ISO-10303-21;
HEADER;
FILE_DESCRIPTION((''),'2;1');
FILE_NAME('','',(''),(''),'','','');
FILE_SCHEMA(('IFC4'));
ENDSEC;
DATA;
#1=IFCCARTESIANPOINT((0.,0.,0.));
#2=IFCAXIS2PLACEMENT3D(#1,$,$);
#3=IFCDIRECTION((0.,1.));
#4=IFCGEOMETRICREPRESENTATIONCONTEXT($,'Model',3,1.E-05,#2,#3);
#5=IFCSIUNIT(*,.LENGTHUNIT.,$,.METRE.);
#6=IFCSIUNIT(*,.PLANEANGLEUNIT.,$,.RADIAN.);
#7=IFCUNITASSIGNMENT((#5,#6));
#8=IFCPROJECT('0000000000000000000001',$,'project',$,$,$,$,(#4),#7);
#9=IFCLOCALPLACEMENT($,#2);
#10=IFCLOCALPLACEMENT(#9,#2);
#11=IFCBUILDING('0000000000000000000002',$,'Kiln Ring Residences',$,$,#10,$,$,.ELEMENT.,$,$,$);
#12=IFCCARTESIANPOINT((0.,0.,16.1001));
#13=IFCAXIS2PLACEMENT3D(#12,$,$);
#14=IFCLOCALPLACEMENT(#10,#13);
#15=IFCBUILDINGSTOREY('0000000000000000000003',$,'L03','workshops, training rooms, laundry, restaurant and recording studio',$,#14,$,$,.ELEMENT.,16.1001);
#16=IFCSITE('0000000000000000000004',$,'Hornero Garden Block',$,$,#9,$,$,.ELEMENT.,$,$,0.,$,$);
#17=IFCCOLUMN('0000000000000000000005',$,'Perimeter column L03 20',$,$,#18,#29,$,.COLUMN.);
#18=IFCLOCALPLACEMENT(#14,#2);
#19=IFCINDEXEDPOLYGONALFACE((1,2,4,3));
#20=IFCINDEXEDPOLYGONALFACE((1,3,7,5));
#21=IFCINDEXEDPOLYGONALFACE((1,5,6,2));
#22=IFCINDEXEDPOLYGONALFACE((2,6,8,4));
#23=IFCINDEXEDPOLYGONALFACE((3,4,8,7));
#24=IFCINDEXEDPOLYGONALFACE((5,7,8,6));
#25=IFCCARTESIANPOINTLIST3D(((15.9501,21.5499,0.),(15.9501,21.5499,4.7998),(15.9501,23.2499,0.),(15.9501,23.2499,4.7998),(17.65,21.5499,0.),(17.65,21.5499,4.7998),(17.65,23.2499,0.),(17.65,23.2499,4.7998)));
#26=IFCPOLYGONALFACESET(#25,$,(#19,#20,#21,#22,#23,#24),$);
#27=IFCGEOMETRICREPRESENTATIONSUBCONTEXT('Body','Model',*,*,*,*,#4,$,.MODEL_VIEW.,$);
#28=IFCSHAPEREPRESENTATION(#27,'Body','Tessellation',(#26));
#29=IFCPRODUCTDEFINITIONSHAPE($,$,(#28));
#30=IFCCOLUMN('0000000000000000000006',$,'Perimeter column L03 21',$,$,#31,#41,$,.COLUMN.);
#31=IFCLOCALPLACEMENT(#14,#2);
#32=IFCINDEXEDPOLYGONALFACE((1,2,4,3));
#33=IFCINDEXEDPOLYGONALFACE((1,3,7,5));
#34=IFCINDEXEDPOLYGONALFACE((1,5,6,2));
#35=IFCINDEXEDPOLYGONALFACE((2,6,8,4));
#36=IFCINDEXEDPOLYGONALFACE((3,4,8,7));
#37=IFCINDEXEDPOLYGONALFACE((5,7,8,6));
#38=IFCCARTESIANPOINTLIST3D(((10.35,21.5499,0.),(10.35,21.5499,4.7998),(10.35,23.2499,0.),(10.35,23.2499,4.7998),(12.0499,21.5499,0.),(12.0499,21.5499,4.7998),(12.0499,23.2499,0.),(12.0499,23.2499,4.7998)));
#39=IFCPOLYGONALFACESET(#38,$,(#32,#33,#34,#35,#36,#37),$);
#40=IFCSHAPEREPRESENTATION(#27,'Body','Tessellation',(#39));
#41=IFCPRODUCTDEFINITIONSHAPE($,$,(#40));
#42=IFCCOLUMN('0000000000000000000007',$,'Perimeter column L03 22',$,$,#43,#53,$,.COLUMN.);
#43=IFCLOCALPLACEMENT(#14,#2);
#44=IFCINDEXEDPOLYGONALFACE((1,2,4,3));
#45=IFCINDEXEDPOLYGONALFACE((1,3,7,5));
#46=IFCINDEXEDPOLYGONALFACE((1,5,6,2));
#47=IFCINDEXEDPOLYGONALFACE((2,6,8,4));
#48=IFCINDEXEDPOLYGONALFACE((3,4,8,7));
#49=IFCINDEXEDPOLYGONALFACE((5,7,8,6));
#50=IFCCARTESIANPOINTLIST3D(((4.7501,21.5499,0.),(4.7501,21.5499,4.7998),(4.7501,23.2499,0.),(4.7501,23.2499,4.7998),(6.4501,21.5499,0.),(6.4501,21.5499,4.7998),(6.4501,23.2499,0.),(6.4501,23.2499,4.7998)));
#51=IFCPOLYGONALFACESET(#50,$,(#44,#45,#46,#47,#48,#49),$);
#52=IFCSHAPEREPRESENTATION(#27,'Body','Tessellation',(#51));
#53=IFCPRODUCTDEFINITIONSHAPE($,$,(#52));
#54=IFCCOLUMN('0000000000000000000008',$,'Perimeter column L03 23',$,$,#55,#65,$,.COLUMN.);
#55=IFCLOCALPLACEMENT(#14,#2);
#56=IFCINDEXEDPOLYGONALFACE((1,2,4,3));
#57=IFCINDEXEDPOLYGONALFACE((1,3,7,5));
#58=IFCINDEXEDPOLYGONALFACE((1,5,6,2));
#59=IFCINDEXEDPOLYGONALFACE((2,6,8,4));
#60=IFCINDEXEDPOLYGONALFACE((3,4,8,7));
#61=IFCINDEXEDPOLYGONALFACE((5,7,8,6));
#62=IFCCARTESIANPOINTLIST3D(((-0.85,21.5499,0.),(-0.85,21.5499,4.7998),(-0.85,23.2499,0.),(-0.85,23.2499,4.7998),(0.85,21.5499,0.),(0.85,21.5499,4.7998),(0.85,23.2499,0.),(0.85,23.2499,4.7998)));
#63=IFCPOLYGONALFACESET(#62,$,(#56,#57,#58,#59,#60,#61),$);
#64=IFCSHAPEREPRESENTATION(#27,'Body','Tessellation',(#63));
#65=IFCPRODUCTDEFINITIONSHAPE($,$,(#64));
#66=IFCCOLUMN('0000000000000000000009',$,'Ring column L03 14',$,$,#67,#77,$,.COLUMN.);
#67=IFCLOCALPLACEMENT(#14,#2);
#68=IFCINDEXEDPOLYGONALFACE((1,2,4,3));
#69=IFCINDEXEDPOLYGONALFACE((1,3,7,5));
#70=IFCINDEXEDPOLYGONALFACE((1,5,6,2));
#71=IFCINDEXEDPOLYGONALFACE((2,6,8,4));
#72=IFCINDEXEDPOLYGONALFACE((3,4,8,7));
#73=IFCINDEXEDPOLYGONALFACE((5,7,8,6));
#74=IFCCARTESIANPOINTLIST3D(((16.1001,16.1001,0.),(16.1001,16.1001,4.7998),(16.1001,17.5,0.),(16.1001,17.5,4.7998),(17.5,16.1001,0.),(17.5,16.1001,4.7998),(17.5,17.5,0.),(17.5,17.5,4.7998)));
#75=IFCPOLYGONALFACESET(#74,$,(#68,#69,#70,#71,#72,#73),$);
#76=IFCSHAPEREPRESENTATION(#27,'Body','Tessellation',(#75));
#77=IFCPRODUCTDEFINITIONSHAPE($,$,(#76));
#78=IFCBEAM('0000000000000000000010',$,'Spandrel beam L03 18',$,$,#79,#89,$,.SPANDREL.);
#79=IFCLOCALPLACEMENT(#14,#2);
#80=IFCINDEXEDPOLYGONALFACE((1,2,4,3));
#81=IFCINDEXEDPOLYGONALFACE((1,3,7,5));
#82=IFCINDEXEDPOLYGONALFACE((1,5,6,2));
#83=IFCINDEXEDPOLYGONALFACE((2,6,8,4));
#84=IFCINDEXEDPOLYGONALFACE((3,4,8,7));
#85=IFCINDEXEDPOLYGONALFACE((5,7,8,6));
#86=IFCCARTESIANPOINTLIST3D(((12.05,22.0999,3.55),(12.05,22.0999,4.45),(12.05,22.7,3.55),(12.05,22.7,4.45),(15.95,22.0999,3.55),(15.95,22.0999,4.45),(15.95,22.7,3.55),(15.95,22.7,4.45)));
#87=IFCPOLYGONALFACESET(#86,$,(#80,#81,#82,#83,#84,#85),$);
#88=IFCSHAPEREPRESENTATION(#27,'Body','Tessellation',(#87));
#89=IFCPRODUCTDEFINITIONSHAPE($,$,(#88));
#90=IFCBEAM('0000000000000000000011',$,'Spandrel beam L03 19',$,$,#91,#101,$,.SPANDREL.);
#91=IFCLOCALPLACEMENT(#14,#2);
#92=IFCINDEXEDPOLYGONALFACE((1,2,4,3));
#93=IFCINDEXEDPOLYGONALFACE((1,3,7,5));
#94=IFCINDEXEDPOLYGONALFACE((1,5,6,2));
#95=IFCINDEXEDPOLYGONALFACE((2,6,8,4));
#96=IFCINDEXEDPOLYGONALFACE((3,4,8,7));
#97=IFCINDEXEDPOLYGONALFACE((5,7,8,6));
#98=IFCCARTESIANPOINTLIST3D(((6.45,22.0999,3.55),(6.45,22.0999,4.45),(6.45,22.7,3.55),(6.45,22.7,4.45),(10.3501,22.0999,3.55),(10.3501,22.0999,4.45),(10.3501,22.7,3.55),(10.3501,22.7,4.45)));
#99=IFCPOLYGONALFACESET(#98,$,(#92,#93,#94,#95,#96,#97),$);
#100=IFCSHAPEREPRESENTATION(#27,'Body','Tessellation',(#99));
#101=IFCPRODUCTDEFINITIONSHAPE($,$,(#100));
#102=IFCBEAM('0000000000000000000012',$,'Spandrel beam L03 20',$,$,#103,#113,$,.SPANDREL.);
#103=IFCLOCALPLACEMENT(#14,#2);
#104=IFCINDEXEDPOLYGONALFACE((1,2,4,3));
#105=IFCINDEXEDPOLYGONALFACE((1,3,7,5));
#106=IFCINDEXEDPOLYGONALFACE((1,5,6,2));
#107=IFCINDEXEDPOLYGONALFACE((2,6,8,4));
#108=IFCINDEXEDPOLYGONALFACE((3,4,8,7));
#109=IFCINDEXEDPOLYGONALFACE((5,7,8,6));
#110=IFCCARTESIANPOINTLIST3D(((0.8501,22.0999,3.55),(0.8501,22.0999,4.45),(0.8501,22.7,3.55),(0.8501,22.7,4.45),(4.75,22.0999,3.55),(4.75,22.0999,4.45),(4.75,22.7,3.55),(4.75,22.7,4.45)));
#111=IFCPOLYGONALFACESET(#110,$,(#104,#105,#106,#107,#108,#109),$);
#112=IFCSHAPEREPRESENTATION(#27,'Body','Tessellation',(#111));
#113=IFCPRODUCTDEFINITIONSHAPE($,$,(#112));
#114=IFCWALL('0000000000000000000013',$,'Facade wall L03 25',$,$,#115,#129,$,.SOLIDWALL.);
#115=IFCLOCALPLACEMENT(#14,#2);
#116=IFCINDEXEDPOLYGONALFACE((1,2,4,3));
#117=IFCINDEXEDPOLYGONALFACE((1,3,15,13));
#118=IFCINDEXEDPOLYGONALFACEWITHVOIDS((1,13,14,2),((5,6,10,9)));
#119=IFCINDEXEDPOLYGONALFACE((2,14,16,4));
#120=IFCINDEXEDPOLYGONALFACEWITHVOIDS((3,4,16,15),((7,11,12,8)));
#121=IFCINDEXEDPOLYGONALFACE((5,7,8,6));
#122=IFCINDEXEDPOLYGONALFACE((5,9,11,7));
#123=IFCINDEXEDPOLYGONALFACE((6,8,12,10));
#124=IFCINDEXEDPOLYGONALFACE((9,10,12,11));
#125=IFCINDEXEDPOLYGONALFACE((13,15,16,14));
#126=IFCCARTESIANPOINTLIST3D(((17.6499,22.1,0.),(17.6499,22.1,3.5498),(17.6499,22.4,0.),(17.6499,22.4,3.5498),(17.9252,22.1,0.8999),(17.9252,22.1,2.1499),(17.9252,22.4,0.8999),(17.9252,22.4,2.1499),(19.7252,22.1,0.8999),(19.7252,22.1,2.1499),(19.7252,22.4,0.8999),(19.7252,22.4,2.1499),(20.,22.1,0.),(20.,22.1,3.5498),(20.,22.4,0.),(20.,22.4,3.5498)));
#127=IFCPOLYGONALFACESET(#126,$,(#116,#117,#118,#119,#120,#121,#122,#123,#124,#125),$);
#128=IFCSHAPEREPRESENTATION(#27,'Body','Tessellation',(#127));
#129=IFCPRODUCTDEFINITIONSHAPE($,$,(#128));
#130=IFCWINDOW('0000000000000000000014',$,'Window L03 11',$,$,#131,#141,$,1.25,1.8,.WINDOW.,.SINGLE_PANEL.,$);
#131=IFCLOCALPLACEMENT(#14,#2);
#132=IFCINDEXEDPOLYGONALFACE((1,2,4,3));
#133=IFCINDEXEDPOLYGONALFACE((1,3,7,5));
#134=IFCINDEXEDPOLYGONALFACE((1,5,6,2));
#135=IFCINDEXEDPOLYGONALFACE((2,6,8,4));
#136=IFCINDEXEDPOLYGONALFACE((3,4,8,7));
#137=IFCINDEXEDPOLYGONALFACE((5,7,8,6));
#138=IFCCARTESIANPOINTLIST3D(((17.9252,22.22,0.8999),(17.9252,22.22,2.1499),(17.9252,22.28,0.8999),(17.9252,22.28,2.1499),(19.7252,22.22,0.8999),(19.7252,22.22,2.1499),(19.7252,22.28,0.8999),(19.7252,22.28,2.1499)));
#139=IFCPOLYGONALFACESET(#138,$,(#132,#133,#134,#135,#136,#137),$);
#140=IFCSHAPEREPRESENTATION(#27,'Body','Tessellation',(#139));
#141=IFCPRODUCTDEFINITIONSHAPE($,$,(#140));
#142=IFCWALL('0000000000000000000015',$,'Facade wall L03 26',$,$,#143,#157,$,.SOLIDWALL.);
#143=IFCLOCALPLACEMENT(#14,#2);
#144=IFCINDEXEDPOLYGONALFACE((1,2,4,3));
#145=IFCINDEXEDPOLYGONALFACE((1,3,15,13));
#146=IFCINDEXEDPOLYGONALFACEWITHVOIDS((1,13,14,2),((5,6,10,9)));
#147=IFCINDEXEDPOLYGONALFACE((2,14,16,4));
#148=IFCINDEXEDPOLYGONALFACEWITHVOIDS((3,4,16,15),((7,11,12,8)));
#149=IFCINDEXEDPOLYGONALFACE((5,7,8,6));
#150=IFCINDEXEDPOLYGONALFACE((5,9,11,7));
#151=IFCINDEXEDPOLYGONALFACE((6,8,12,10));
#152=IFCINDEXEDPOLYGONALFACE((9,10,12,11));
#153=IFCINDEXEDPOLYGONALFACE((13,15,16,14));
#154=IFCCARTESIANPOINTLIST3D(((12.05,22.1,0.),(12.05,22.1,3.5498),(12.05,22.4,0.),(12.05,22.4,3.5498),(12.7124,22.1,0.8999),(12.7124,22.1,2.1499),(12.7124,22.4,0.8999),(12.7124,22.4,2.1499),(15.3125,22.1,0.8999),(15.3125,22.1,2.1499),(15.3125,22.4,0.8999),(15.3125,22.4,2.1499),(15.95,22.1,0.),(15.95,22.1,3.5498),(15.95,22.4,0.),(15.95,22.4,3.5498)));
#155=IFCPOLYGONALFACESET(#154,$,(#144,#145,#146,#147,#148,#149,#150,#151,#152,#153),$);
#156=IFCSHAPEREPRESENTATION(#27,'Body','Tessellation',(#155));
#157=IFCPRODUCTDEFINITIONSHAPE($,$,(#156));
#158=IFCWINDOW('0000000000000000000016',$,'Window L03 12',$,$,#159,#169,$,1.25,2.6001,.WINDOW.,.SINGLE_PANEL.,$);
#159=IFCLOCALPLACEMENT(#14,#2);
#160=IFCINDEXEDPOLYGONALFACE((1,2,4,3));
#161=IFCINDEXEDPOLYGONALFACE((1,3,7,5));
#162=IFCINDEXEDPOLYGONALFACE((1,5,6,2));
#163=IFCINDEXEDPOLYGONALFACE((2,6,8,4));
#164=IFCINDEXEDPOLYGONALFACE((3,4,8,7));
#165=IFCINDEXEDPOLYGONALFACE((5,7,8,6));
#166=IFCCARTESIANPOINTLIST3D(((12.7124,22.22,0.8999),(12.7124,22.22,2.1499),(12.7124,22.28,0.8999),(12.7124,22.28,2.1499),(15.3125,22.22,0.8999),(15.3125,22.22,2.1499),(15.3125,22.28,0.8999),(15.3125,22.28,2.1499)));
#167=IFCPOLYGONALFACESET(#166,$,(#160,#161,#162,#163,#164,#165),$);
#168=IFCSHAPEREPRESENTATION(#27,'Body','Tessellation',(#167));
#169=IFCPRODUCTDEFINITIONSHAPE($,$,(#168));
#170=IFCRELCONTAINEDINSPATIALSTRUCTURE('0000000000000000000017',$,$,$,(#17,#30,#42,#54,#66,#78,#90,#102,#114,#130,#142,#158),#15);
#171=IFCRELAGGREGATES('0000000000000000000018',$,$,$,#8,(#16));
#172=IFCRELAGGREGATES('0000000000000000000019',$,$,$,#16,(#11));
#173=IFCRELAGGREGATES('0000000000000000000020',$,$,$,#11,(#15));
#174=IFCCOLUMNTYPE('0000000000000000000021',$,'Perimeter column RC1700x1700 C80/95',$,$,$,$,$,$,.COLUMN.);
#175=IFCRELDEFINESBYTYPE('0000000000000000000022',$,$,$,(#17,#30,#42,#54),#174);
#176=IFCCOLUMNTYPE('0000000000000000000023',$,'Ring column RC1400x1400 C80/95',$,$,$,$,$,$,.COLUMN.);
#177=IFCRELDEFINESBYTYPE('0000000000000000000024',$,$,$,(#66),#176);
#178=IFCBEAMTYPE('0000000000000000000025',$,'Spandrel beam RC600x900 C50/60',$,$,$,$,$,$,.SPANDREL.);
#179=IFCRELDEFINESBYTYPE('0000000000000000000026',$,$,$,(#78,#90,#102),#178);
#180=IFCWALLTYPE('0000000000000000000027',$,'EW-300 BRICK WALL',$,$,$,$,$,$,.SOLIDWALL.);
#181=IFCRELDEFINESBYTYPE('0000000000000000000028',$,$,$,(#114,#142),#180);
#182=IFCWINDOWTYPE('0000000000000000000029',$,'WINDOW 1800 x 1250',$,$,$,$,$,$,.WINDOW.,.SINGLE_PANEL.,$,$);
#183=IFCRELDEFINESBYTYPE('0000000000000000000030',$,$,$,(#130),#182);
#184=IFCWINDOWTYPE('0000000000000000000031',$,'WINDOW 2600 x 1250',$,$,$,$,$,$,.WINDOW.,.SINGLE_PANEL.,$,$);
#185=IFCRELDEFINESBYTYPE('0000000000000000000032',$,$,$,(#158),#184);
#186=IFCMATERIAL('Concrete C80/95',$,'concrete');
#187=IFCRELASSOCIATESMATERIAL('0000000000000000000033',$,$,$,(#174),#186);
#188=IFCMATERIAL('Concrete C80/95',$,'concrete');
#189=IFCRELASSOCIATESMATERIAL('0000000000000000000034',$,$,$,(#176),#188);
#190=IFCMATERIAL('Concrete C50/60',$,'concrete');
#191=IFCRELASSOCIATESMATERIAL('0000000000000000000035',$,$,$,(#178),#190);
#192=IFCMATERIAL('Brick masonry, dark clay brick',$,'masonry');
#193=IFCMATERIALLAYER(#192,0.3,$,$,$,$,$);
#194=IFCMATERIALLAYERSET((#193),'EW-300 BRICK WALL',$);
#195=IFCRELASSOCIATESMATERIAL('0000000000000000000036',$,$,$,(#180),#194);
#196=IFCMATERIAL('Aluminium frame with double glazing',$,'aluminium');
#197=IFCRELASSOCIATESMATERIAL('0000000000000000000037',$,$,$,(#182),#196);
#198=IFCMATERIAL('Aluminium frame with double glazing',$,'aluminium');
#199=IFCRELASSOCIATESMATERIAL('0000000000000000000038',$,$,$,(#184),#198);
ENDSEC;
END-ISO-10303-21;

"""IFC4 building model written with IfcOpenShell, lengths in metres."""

from ifc_helpers import new_model, si_unit, direction, frame, frame_2d, origin, origin_2d, place, context, subcontext, project, spatial, rectangle, extrude, material, layer, layer_set, material_profile, profile_set, type_object, element, fill, save


model = new_model("IFC4")

# Units and contexts
model_context = context("Model", 3, precision=1e-05, world=origin(), true_north=direction((0.0, 1.0)))
body_context = subcontext(model_context, "Body", "Model", "MODEL_VIEW")
ifc_project = project(units=[si_unit("LENGTHUNIT", "METRE"), si_unit("PLANEANGLEUNIT", "RADIAN")], contexts=[model_context])

# Site, building, storey
site_placement = place(None, origin())
site = spatial("IfcSite", under=ifc_project, at=site_placement, Name="Hornero Garden Block", CompositionType="ELEMENT", RefElevation=0.0)
building_placement = place(site_placement, origin())
building = spatial("IfcBuilding", under=site, at=building_placement, Name="Kiln Ring Residences", CompositionType="ELEMENT")
storey_placement = place(building_placement, frame((0.0, 0.0, 16.1001)))
storey = spatial("IfcBuildingStorey", under=building, at=storey_placement, Name="L03", Description="workshops, training rooms, laundry, restaurant and recording studio", CompositionType="ELEMENT", Elevation=16.1001)

# Columns
ifc_material_1 = material(Name="Concrete C80/95", Category="concrete")
ifc_material_profile_1 = material_profile(ifc_material_1, rectangle(XDim=1.7, YDim=1.7, at=origin_2d()), Name="RC1700x1700")
ifc_profile_set_1 = profile_set([ifc_material_profile_1], Name="Concrete C80/95")
column_type_1 = type_object("IfcColumnType", Name="Perimeter column RC1700x1700 C80/95", PredefinedType="COLUMN", material=ifc_profile_set_1)
for number, where, z_axis, x_axis, name in (
    (1, (16.8, 22.3999, 0.0), (0.0, 0.0, 1.0), (1.0, 0.0, 0.0), "Perimeter column L03 20"),
    (2, (11.2, 22.3999, 0.0), (0.0, 0.0, 1.0), (1.0, 0.0, 0.0), "Perimeter column L03 21"),
    (3, (5.6001, 22.3999, 0.0), (0.0, 0.0, 1.0), (1.0, 0.0, 0.0), "Perimeter column L03 22"),
    (4, (0.0, 22.3999, 0.0), (0.0, 0.0, 1.0), (1.0, 0.0, 0.0), "Perimeter column L03 23"),
):
    element("IfcColumn", number, at=place(storey_placement, frame(where, z_axis=z_axis, x_axis=x_axis)), inside=storey, type_object=column_type_1, Name=name, PredefinedType="COLUMN", context=body_context, shape_type="SweptSolid", body=[
        extrude(rectangle(XDim=1.7, YDim=1.7, at=origin_2d()), origin(), (0.0, 0.0, 1.0), 4.7998),
    ])
ifc_material_2 = material(Name="Concrete C80/95", Category="concrete")
ifc_material_profile_2 = material_profile(ifc_material_2, rectangle(XDim=1.3999, YDim=1.3999, at=origin_2d()), Name="RC1400x1400")
ifc_profile_set_2 = profile_set([ifc_material_profile_2], Name="Concrete C80/95")
column_type_2 = type_object("IfcColumnType", Name="Ring column RC1400x1400 C80/95", PredefinedType="COLUMN", material=ifc_profile_set_2)
column_placement = place(storey_placement, frame((16.8, 16.8, 0.0), z_axis=(0.0, 0.0, 1.0), x_axis=(1.0, 0.0, 0.0)))
element("IfcColumn", 5, at=column_placement, inside=storey, type_object=column_type_2, Name="Ring column L03 14", PredefinedType="COLUMN", context=body_context, shape_type="SweptSolid", body=[
    extrude(rectangle(XDim=1.3999, YDim=1.3999, at=origin_2d()), origin(), (0.0, 0.0, 1.0), 4.7998),
])

# Beams
ifc_material_3 = material(Name="Concrete C50/60", Category="concrete")
ifc_material_profile_3 = material_profile(ifc_material_3, rectangle(XDim=0.6001, YDim=0.8999, at=origin_2d()), Name="RC600x900")
ifc_profile_set_3 = profile_set([ifc_material_profile_3], Name="Concrete C50/60")
beam_type = type_object("IfcBeamType", Name="Spandrel beam RC600x900 C50/60", PredefinedType="SPANDREL", material=ifc_profile_set_3)
beam_1_placement = place(storey_placement, frame((15.95, 22.3999, 4.0), z_axis=(-1.0, 0.0, 0.0), x_axis=(0.0, -1.0, 0.0)))
element("IfcBeam", 6, at=beam_1_placement, inside=storey, type_object=beam_type, Name="Spandrel beam L03 18", PredefinedType="SPANDREL", context=body_context, shape_type="SweptSolid", body=[
    extrude(rectangle(XDim=0.6001, YDim=0.8999, at=origin_2d()), origin(), (0.0, 0.0, 1.0), 3.8999),
])
beam_2_placement = place(storey_placement, frame((10.3501, 22.3999, 4.0), z_axis=(-1.0, 0.0, 0.0), x_axis=(0.0, -1.0, 0.0)))
element("IfcBeam", 7, at=beam_2_placement, inside=storey, type_object=beam_type, Name="Spandrel beam L03 19", PredefinedType="SPANDREL", context=body_context, shape_type="SweptSolid", body=[
    extrude(rectangle(XDim=0.6001, YDim=0.8999, at=origin_2d()), origin(), (0.0, 0.0, 1.0), 3.9001),
])
beam_3_placement = place(storey_placement, frame((4.75, 22.3999, 4.0), z_axis=(-1.0, 0.0, 0.0), x_axis=(0.0, -1.0, 0.0)))
element("IfcBeam", 8, at=beam_3_placement, inside=storey, type_object=beam_type, Name="Spandrel beam L03 20", PredefinedType="SPANDREL", context=body_context, shape_type="SweptSolid", body=[
    extrude(rectangle(XDim=0.6001, YDim=0.8999, at=origin_2d()), origin(), (0.0, 0.0, 1.0), 3.8999),
])

# Walls, openings, windows
ifc_material_4 = material(Name="Brick masonry, dark clay brick", Category="masonry")
ifc_layer_1 = layer(ifc_material_4, 0.3)
ifc_layer_set_1 = layer_set([ifc_layer_1], Name="EW-300 BRICK WALL")
wall_type_1 = type_object("IfcWallType", Name="EW-300 BRICK WALL", PredefinedType="SOLIDWALL", material=ifc_layer_set_1)
wall_1_placement = place(storey_placement, frame((20.0, 22.25, 0.0), z_axis=(0.0, 0.0, 1.0), x_axis=(-1.0, 0.0, 0.0)))
wall_1 = element("IfcWall", 9, at=wall_1_placement, inside=storey, type_object=wall_type_1, Name="Facade wall L03 25", PredefinedType="SOLIDWALL", context=body_context, shape_type="SweptSolid", body=[
    extrude(rectangle(XDim=2.3501, YDim=0.3, at=frame_2d((1.175, 0.0))), origin(), (0.0, 0.0, 1.0), 3.5498),
])
opening_1_placement = place(wall_1_placement, frame((0.2749, 0.0, 0.8999)))
opening_1 = element("IfcOpeningElement", 10, at=opening_1_placement, cuts=wall_1, PredefinedType="OPENING", context=body_context, shape_type="SweptSolid", body=[
    extrude(rectangle(XDim=1.8, YDim=1.25, at=frame_2d((0.8999, 0.625))), frame((0.0, 0.1599, 0.0), z_axis=(0.0, -1.0, 0.0), x_axis=(1.0, 0.0, 0.0)), (0.0, 0.0, 1.0), 0.3201),
])
ifc_material_5 = material(Name="Aluminium frame with double glazing", Category="aluminium")
window_type_1 = type_object("IfcWindowType", Name="WINDOW 1800 x 1250", PartitioningType="SINGLE_PANEL", PredefinedType="WINDOW", material=ifc_material_5)
window_1_placement = place(opening_1_placement, origin())
window_1 = element("IfcWindow", 11, at=window_1_placement, inside=storey, type_object=window_type_1, Name="Window L03 11", OverallHeight=1.25, OverallWidth=1.8, PartitioningType="SINGLE_PANEL", PredefinedType="WINDOW", context=body_context, shape_type="SweptSolid", body=[
    extrude(rectangle(XDim=1.8, YDim=1.25, at=frame_2d((0.8999, 0.625))), frame((0.0, 0.03, 0.0), z_axis=(0.0, -1.0, 0.0), x_axis=(1.0, 0.0, 0.0)), (0.0, 0.0, 1.0), 0.0601),
])
fill(opening_1, window_1)
wall_2_placement = place(storey_placement, frame((15.95, 22.25, 0.0), z_axis=(0.0, 0.0, 1.0), x_axis=(-1.0, 0.0, 0.0)))
wall_2 = element("IfcWall", 12, at=wall_2_placement, inside=storey, type_object=wall_type_1, Name="Facade wall L03 26", PredefinedType="SOLIDWALL", context=body_context, shape_type="SweptSolid", body=[
    extrude(rectangle(XDim=3.8999, YDim=0.3, at=frame_2d((1.95, 0.0))), origin(), (0.0, 0.0, 1.0), 3.5498),
])
opening_2_placement = place(wall_2_placement, frame((0.6375, 0.0, 0.8999)))
opening_2 = element("IfcOpeningElement", 13, at=opening_2_placement, cuts=wall_2, PredefinedType="OPENING", context=body_context, shape_type="SweptSolid", body=[
    extrude(rectangle(XDim=2.6001, YDim=1.25, at=frame_2d((1.3, 0.625))), frame((0.0, 0.1599, 0.0), z_axis=(0.0, -1.0, 0.0), x_axis=(1.0, 0.0, 0.0)), (0.0, 0.0, 1.0), 0.3201),
])
ifc_material_6 = material(Name="Aluminium frame with double glazing", Category="aluminium")
window_type_2 = type_object("IfcWindowType", Name="WINDOW 2600 x 1250", PartitioningType="SINGLE_PANEL", PredefinedType="WINDOW", material=ifc_material_6)
window_2_placement = place(opening_2_placement, origin())
window_2 = element("IfcWindow", 14, at=window_2_placement, inside=storey, type_object=window_type_2, Name="Window L03 12", OverallHeight=1.25, OverallWidth=2.6001, PartitioningType="SINGLE_PANEL", PredefinedType="WINDOW", context=body_context, shape_type="SweptSolid", body=[
    extrude(rectangle(XDim=2.6001, YDim=1.25, at=frame_2d((1.3, 0.625))), frame((0.0, 0.03, 0.0), z_axis=(0.0, -1.0, 0.0), x_axis=(1.0, 0.0, 0.0)), (0.0, 0.0, 1.0), 0.0601),
])
fill(opening_2, window_2)

save(model, "model.ifc")
